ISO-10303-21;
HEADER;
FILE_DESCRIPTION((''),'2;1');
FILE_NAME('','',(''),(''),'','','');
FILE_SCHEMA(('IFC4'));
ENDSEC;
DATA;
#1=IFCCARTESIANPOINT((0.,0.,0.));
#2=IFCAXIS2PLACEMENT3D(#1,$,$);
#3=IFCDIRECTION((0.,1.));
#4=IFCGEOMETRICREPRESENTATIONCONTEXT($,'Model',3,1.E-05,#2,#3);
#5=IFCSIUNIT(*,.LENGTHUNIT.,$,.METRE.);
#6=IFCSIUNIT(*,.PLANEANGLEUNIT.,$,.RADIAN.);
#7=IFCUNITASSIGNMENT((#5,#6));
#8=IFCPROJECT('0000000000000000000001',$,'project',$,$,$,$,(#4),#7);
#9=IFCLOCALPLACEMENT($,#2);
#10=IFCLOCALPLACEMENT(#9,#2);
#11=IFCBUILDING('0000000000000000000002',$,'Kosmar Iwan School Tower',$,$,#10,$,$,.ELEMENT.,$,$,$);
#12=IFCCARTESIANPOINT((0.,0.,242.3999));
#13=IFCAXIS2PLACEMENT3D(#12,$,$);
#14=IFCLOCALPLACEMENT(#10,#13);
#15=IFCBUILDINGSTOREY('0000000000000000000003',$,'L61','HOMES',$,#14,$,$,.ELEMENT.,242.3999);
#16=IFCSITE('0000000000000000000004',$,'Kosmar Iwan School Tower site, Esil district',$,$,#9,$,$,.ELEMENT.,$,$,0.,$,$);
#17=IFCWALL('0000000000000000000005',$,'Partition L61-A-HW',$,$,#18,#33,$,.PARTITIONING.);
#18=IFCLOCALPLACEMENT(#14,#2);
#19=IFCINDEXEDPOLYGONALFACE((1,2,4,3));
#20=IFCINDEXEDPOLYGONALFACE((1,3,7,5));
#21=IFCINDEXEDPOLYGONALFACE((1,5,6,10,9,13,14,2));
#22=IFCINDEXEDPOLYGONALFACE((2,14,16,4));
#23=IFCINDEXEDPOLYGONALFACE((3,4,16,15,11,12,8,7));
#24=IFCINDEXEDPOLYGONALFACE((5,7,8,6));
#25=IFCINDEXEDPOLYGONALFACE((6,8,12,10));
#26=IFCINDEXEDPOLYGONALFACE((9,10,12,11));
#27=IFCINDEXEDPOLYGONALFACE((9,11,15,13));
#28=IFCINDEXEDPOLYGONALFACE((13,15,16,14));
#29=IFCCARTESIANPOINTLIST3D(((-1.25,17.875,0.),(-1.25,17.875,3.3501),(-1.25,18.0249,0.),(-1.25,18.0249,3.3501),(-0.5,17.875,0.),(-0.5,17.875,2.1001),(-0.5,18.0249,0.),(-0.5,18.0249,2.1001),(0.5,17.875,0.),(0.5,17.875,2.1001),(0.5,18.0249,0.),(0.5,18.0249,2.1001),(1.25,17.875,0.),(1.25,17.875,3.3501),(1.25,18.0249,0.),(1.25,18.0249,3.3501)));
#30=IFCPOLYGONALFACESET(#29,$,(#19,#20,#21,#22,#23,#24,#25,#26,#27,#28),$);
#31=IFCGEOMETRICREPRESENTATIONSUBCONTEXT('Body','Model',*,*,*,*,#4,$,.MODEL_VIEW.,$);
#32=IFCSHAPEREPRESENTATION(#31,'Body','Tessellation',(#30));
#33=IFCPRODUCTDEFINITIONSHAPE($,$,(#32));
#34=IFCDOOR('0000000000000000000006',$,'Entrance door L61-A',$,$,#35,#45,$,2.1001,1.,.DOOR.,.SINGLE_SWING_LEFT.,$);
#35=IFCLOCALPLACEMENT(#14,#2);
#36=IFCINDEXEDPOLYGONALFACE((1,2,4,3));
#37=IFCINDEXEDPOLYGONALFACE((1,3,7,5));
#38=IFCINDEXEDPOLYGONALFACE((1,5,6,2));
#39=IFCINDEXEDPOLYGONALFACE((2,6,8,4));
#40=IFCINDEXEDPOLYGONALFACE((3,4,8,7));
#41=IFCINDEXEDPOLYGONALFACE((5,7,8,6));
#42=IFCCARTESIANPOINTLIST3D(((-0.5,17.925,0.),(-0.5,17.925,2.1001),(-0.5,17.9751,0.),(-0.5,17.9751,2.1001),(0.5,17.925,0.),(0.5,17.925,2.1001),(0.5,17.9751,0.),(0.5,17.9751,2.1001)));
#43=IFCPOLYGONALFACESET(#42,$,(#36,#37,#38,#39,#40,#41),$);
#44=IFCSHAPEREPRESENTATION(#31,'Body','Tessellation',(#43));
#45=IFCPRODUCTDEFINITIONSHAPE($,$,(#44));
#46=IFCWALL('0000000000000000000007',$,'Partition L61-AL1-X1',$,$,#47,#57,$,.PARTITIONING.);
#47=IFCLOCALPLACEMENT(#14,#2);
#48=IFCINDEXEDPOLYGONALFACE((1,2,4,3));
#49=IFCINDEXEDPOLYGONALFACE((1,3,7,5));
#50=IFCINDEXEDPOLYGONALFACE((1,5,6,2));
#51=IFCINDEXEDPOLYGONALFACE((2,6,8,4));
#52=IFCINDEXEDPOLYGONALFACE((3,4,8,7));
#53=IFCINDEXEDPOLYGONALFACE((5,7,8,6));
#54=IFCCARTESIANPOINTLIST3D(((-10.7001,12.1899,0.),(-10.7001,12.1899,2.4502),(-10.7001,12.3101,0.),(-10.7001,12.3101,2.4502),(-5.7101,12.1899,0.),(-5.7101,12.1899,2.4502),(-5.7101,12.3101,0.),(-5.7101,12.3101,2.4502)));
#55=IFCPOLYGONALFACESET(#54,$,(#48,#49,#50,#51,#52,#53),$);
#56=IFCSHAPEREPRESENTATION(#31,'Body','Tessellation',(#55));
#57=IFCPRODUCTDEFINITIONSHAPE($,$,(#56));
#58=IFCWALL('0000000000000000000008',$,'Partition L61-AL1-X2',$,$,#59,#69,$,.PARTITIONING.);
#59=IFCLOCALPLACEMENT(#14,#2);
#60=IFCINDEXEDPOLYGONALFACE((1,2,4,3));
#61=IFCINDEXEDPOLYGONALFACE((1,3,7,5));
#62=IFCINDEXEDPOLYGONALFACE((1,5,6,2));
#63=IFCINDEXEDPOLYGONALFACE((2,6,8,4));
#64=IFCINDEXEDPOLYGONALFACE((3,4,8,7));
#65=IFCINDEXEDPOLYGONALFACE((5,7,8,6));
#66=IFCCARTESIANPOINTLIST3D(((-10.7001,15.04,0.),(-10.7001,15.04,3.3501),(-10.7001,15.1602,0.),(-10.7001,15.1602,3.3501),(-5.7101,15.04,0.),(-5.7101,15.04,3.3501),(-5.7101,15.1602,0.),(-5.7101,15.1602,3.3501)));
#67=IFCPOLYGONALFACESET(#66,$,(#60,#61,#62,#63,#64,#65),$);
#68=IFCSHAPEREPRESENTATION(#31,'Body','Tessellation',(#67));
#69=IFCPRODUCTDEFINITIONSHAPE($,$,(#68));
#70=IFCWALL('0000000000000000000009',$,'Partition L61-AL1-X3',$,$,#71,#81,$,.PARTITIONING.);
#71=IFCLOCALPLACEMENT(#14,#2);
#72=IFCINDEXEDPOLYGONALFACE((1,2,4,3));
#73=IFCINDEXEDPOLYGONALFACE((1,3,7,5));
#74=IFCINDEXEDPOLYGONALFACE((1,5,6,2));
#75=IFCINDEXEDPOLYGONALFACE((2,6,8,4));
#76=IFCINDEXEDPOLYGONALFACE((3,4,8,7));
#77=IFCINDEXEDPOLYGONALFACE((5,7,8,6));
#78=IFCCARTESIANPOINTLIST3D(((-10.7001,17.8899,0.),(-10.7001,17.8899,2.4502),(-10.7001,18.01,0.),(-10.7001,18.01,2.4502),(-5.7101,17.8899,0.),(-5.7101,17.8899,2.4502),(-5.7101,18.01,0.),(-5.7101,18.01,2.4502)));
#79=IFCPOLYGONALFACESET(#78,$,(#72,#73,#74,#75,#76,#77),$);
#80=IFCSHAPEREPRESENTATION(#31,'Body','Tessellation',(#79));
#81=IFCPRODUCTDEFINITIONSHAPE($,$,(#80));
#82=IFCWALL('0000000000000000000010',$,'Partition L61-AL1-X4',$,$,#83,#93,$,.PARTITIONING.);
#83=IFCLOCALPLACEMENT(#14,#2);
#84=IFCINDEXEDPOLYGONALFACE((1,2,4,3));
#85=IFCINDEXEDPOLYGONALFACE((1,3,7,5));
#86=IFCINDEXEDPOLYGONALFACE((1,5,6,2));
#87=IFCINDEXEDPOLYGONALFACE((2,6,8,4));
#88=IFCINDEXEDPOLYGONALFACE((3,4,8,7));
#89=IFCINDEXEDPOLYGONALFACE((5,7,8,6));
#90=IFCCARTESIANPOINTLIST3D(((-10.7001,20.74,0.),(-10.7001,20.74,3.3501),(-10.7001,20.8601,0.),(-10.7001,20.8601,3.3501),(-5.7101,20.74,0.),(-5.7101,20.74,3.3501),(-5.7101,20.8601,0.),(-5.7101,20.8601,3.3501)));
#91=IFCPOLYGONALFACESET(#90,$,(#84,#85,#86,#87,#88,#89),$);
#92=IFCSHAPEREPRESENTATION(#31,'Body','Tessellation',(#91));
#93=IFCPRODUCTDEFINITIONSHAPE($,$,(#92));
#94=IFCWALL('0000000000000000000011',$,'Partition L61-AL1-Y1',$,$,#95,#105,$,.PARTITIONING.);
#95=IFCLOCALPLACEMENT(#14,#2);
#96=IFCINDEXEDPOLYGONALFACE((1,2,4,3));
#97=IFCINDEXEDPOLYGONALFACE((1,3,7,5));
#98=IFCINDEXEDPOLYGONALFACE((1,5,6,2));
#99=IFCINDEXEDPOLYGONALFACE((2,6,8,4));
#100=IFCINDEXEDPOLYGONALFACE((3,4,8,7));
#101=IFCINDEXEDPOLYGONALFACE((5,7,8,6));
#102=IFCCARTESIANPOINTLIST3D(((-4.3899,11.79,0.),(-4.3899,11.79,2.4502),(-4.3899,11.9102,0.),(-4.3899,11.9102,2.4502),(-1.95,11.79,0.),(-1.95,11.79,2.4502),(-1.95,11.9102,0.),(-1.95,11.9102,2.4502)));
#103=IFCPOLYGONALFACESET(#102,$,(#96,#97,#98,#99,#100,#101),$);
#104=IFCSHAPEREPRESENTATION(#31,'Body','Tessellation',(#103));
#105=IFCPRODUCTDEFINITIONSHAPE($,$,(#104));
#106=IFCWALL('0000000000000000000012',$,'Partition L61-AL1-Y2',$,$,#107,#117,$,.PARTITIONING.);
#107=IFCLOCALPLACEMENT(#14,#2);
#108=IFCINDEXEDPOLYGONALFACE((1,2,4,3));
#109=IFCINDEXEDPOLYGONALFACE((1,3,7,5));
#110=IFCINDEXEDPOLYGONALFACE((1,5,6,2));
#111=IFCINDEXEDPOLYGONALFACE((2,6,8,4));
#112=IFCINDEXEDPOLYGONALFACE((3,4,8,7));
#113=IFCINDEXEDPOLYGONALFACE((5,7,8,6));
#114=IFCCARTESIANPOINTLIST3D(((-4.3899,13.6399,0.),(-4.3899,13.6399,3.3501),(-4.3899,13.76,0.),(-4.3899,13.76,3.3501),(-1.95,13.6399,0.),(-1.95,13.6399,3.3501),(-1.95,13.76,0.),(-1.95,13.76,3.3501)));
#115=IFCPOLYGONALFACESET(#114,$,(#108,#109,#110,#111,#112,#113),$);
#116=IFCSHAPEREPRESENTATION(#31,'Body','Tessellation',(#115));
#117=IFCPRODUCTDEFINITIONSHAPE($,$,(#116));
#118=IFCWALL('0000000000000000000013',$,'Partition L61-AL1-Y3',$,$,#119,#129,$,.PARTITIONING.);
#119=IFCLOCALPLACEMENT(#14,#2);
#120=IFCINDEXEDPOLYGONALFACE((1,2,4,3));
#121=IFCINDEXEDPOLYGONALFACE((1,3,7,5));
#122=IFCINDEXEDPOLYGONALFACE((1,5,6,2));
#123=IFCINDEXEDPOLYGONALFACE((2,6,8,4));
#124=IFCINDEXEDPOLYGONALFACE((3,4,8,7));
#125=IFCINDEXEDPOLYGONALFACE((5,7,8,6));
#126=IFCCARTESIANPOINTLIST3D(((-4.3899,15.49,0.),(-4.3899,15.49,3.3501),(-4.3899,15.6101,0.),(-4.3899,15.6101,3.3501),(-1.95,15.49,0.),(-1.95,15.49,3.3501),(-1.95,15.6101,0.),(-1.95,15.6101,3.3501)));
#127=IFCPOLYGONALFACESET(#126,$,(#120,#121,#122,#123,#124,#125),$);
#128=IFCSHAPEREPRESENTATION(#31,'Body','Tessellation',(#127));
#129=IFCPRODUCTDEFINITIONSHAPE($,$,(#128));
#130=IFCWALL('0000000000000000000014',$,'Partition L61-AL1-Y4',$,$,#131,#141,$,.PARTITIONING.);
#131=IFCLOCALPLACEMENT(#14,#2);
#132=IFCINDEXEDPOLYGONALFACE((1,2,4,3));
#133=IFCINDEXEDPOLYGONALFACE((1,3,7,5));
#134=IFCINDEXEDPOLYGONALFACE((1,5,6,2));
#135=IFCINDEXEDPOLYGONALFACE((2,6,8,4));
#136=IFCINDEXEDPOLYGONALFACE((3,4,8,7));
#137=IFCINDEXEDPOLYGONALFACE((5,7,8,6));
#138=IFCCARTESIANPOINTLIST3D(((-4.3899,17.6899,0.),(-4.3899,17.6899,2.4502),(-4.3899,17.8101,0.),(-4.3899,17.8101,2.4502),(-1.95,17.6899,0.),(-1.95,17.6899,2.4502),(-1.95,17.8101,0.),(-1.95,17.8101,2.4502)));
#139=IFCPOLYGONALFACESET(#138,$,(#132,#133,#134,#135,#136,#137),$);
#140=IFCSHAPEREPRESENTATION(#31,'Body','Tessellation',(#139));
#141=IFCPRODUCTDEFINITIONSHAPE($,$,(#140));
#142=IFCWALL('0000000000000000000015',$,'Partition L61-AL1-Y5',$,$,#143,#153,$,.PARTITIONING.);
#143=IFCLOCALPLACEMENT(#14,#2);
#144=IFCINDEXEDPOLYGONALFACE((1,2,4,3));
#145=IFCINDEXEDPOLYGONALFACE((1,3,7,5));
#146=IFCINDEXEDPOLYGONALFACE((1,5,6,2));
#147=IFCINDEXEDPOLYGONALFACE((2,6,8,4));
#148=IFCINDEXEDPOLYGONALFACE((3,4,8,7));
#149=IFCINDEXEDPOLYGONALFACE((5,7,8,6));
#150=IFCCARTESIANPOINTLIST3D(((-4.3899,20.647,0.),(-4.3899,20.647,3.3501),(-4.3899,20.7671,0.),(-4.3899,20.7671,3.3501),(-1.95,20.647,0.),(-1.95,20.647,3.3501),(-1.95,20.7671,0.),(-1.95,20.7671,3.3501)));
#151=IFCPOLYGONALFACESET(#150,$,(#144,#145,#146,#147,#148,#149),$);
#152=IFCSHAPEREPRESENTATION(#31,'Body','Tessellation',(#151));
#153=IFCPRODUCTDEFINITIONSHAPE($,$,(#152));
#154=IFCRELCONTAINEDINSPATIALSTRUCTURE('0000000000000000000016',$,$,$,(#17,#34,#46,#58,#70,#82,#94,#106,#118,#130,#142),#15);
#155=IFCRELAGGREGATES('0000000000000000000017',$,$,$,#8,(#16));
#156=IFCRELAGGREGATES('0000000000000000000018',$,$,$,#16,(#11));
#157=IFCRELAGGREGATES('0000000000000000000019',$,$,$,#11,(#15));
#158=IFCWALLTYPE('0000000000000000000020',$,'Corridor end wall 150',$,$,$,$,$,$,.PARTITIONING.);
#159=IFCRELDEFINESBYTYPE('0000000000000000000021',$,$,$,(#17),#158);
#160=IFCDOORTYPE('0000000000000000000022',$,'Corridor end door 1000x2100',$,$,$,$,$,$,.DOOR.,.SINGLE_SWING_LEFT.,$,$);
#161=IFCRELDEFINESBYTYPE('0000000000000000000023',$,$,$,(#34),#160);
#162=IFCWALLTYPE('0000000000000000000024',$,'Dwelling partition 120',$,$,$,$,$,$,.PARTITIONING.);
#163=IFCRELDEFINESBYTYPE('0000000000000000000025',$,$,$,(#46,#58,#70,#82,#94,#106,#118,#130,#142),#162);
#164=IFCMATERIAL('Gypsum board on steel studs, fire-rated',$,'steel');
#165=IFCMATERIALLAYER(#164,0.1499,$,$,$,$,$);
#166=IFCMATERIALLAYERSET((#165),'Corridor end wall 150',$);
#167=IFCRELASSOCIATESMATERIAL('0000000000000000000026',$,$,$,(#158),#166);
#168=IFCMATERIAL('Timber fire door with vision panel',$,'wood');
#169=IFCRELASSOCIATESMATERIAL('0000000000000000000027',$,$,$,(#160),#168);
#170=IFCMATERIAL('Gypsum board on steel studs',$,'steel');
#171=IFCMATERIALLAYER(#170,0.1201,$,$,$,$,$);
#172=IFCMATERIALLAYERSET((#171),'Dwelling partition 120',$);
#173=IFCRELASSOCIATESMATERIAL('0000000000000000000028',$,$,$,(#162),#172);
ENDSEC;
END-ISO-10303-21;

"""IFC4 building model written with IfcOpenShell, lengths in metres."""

from ifc_helpers import new_model, si_unit, direction, frame, frame_2d, origin, place, context, subcontext, project, spatial, rectangle, extrude, material, layer, layer_set, type_object, element, fill, save


model = new_model("IFC4")

# Units and contexts
model_context = context("Model", 3, precision=1e-05, world=origin(), true_north=direction((0.0, 1.0)))
body_context = subcontext(model_context, "Body", "Model", "MODEL_VIEW")
ifc_project = project(units=[si_unit("LENGTHUNIT", "METRE"), si_unit("PLANEANGLEUNIT", "RADIAN")], contexts=[model_context])

# Site, building, storey
site_placement = place(None, origin())
site = spatial("IfcSite", under=ifc_project, at=site_placement, Name="Kosmar Iwan School Tower site, Esil district", CompositionType="ELEMENT", RefElevation=0.0)
building_placement = place(site_placement, origin())
building = spatial("IfcBuilding", under=site, at=building_placement, Name="Kosmar Iwan School Tower", CompositionType="ELEMENT")
storey_placement = place(building_placement, frame((0.0, 0.0, 242.3999)))
storey = spatial("IfcBuildingStorey", under=building, at=storey_placement, Name="L61", Description="HOMES", CompositionType="ELEMENT", Elevation=242.3999)

# Wall, opening, door
ifc_material_1 = material(Name="Gypsum board on steel studs, fire-rated", Category="steel")
ifc_layer_1 = layer(ifc_material_1, 0.1499)
ifc_layer_set_1 = layer_set([ifc_layer_1], Name="Corridor end wall 150")
wall_type_1 = type_object("IfcWallType", Name="Corridor end wall 150", PredefinedType="PARTITIONING", material=ifc_layer_set_1)
ifc_material_2 = material(Name="Timber fire door with vision panel", Category="wood")
door_type = type_object("IfcDoorType", Name="Corridor end door 1000x2100", OperationType="SINGLE_SWING_LEFT", PredefinedType="DOOR", material=ifc_material_2)
wall_1_placement = place(storey_placement, frame((1.25, 17.95, 0.0), z_axis=(0.0, 0.0, 1.0), x_axis=(-1.0, 0.0, 0.0)))
wall_1 = element("IfcWall", 1, at=wall_1_placement, inside=storey, type_object=wall_type_1, Name="Partition L61-A-HW", PredefinedType="PARTITIONING", context=body_context, shape_type="SweptSolid", body=[
    extrude(rectangle(XDim=2.5, YDim=0.1499, at=frame_2d((1.25, 0.0))), origin(), (0.0, 0.0, 1.0), 3.3501),
])
opening_1_placement = place(wall_1_placement, frame((0.75, 0.0, 0.0)))
opening_1 = element("IfcOpeningElement", 2, at=opening_1_placement, cuts=wall_1, PredefinedType="OPENING", context=body_context, shape_type="SweptSolid", body=[
    extrude(rectangle(XDim=1.0, YDim=2.1001, at=frame_2d((0.5, 1.05))), frame((0.0, 0.0869, 0.0), z_axis=(0.0, -1.0, 0.0), x_axis=(1.0, 0.0, 0.0)), (0.0, 0.0, 1.0), 0.1738),
])
door_1_placement = place(opening_1_placement, origin())
door_1 = element("IfcDoor", 3, at=door_1_placement, inside=storey, type_object=door_type, Name="Entrance door L61-A", OperationType="SINGLE_SWING_LEFT", OverallHeight=2.1001, OverallWidth=1.0, PredefinedType="DOOR", context=body_context, shape_type="SweptSolid", body=[
    extrude(rectangle(XDim=1.0, YDim=2.1001, at=frame_2d((0.5, 1.05))), frame((0.0, 0.0249, 0.0), z_axis=(0.0, -1.0, 0.0), x_axis=(1.0, 0.0, 0.0)), (0.0, 0.0, 1.0), 0.05),
])
fill(opening_1, door_1)

# Walls
ifc_material_3 = material(Name="Gypsum board on steel studs", Category="steel")
ifc_layer_2 = layer(ifc_material_3, 0.1201)
ifc_layer_set_2 = layer_set([ifc_layer_2], Name="Dwelling partition 120")
wall_type_2 = type_object("IfcWallType", Name="Dwelling partition 120", PredefinedType="PARTITIONING", material=ifc_layer_set_2)
wall_2_placement = place(storey_placement, frame((-5.71, 12.25, 0.0), z_axis=(0.0, 0.0, 1.0), x_axis=(-1.0, 0.0, 0.0)))
element("IfcWall", 4, at=wall_2_placement, inside=storey, type_object=wall_type_2, Name="Partition L61-AL1-X1", PredefinedType="PARTITIONING", context=body_context, shape_type="SweptSolid", body=[
    extrude(rectangle(XDim=4.99, YDim=0.1201, at=frame_2d((2.4951, 0.0))), origin(), (0.0, 0.0, 1.0), 2.4502),
])
wall_3_placement = place(storey_placement, frame((-5.71, 15.1001, 0.0), z_axis=(0.0, 0.0, 1.0), x_axis=(-1.0, 0.0, 0.0)))
element("IfcWall", 5, at=wall_3_placement, inside=storey, type_object=wall_type_2, Name="Partition L61-AL1-X2", PredefinedType="PARTITIONING", context=body_context, shape_type="SweptSolid", body=[
    extrude(rectangle(XDim=4.99, YDim=0.1201, at=frame_2d((2.4951, 0.0))), origin(), (0.0, 0.0, 1.0), 3.3501),
])
wall_4_placement = place(storey_placement, frame((-5.71, 17.95, 0.0), z_axis=(0.0, 0.0, 1.0), x_axis=(-1.0, 0.0, 0.0)))
element("IfcWall", 6, at=wall_4_placement, inside=storey, type_object=wall_type_2, Name="Partition L61-AL1-X3", PredefinedType="PARTITIONING", context=body_context, shape_type="SweptSolid", body=[
    extrude(rectangle(XDim=4.99, YDim=0.1201, at=frame_2d((2.4951, 0.0))), origin(), (0.0, 0.0, 1.0), 2.4502),
])
wall_5_placement = place(storey_placement, frame((-5.71, 20.8, 0.0), z_axis=(0.0, 0.0, 1.0), x_axis=(-1.0, 0.0, 0.0)))
element("IfcWall", 7, at=wall_5_placement, inside=storey, type_object=wall_type_2, Name="Partition L61-AL1-X4", PredefinedType="PARTITIONING", context=body_context, shape_type="SweptSolid", body=[
    extrude(rectangle(XDim=4.99, YDim=0.1201, at=frame_2d((2.4951, 0.0))), origin(), (0.0, 0.0, 1.0), 3.3501),
])
wall_6_placement = place(storey_placement, frame((-1.95, 11.8501, 0.0), z_axis=(0.0, 0.0, 1.0), x_axis=(-1.0, 0.0, 0.0)))
element("IfcWall", 8, at=wall_6_placement, inside=storey, type_object=wall_type_2, Name="Partition L61-AL1-Y1", PredefinedType="PARTITIONING", context=body_context, shape_type="SweptSolid", body=[
    extrude(rectangle(XDim=2.4399, YDim=0.1201, at=frame_2d((1.22, 0.0))), origin(), (0.0, 0.0, 1.0), 2.4502),
])
for number, where, z_axis, x_axis, name in (
    (9, (-1.95, 13.7, 0.0), (0.0, 0.0, 1.0), (-1.0, 0.0, 0.0), "Partition L61-AL1-Y2"),
    (10, (-1.95, 15.55, 0.0), (0.0, 0.0, 1.0), (-1.0, 0.0, 0.0), "Partition L61-AL1-Y3"),
):
    element("IfcWall", number, at=place(storey_placement, frame(where, z_axis=z_axis, x_axis=x_axis)), inside=storey, type_object=wall_type_2, Name=name, PredefinedType="PARTITIONING", context=body_context, shape_type="SweptSolid", body=[
        extrude(rectangle(XDim=2.4399, YDim=0.1201, at=frame_2d((1.22, 0.0))), origin(), (0.0, 0.0, 1.0), 3.3501),
    ])
wall_7_placement = place(storey_placement, frame((-1.95, 17.75, 0.0), z_axis=(0.0, 0.0, 1.0), x_axis=(-1.0, 0.0, 0.0)))
element("IfcWall", 11, at=wall_7_placement, inside=storey, type_object=wall_type_2, Name="Partition L61-AL1-Y4", PredefinedType="PARTITIONING", context=body_context, shape_type="SweptSolid", body=[
    extrude(rectangle(XDim=2.4399, YDim=0.1201, at=frame_2d((1.22, 0.0))), origin(), (0.0, 0.0, 1.0), 2.4502),
])
wall_8_placement = place(storey_placement, frame((-1.95, 20.707, 0.0), z_axis=(0.0, 0.0, 1.0), x_axis=(-1.0, 0.0, 0.0)))
element("IfcWall", 12, at=wall_8_placement, inside=storey, type_object=wall_type_2, Name="Partition L61-AL1-Y5", PredefinedType="PARTITIONING", context=body_context, shape_type="SweptSolid", body=[
    extrude(rectangle(XDim=2.4399, YDim=0.1201, at=frame_2d((1.22, 0.0))), origin(), (0.0, 0.0, 1.0), 3.3501),
])

save(model, "model.ifc")
